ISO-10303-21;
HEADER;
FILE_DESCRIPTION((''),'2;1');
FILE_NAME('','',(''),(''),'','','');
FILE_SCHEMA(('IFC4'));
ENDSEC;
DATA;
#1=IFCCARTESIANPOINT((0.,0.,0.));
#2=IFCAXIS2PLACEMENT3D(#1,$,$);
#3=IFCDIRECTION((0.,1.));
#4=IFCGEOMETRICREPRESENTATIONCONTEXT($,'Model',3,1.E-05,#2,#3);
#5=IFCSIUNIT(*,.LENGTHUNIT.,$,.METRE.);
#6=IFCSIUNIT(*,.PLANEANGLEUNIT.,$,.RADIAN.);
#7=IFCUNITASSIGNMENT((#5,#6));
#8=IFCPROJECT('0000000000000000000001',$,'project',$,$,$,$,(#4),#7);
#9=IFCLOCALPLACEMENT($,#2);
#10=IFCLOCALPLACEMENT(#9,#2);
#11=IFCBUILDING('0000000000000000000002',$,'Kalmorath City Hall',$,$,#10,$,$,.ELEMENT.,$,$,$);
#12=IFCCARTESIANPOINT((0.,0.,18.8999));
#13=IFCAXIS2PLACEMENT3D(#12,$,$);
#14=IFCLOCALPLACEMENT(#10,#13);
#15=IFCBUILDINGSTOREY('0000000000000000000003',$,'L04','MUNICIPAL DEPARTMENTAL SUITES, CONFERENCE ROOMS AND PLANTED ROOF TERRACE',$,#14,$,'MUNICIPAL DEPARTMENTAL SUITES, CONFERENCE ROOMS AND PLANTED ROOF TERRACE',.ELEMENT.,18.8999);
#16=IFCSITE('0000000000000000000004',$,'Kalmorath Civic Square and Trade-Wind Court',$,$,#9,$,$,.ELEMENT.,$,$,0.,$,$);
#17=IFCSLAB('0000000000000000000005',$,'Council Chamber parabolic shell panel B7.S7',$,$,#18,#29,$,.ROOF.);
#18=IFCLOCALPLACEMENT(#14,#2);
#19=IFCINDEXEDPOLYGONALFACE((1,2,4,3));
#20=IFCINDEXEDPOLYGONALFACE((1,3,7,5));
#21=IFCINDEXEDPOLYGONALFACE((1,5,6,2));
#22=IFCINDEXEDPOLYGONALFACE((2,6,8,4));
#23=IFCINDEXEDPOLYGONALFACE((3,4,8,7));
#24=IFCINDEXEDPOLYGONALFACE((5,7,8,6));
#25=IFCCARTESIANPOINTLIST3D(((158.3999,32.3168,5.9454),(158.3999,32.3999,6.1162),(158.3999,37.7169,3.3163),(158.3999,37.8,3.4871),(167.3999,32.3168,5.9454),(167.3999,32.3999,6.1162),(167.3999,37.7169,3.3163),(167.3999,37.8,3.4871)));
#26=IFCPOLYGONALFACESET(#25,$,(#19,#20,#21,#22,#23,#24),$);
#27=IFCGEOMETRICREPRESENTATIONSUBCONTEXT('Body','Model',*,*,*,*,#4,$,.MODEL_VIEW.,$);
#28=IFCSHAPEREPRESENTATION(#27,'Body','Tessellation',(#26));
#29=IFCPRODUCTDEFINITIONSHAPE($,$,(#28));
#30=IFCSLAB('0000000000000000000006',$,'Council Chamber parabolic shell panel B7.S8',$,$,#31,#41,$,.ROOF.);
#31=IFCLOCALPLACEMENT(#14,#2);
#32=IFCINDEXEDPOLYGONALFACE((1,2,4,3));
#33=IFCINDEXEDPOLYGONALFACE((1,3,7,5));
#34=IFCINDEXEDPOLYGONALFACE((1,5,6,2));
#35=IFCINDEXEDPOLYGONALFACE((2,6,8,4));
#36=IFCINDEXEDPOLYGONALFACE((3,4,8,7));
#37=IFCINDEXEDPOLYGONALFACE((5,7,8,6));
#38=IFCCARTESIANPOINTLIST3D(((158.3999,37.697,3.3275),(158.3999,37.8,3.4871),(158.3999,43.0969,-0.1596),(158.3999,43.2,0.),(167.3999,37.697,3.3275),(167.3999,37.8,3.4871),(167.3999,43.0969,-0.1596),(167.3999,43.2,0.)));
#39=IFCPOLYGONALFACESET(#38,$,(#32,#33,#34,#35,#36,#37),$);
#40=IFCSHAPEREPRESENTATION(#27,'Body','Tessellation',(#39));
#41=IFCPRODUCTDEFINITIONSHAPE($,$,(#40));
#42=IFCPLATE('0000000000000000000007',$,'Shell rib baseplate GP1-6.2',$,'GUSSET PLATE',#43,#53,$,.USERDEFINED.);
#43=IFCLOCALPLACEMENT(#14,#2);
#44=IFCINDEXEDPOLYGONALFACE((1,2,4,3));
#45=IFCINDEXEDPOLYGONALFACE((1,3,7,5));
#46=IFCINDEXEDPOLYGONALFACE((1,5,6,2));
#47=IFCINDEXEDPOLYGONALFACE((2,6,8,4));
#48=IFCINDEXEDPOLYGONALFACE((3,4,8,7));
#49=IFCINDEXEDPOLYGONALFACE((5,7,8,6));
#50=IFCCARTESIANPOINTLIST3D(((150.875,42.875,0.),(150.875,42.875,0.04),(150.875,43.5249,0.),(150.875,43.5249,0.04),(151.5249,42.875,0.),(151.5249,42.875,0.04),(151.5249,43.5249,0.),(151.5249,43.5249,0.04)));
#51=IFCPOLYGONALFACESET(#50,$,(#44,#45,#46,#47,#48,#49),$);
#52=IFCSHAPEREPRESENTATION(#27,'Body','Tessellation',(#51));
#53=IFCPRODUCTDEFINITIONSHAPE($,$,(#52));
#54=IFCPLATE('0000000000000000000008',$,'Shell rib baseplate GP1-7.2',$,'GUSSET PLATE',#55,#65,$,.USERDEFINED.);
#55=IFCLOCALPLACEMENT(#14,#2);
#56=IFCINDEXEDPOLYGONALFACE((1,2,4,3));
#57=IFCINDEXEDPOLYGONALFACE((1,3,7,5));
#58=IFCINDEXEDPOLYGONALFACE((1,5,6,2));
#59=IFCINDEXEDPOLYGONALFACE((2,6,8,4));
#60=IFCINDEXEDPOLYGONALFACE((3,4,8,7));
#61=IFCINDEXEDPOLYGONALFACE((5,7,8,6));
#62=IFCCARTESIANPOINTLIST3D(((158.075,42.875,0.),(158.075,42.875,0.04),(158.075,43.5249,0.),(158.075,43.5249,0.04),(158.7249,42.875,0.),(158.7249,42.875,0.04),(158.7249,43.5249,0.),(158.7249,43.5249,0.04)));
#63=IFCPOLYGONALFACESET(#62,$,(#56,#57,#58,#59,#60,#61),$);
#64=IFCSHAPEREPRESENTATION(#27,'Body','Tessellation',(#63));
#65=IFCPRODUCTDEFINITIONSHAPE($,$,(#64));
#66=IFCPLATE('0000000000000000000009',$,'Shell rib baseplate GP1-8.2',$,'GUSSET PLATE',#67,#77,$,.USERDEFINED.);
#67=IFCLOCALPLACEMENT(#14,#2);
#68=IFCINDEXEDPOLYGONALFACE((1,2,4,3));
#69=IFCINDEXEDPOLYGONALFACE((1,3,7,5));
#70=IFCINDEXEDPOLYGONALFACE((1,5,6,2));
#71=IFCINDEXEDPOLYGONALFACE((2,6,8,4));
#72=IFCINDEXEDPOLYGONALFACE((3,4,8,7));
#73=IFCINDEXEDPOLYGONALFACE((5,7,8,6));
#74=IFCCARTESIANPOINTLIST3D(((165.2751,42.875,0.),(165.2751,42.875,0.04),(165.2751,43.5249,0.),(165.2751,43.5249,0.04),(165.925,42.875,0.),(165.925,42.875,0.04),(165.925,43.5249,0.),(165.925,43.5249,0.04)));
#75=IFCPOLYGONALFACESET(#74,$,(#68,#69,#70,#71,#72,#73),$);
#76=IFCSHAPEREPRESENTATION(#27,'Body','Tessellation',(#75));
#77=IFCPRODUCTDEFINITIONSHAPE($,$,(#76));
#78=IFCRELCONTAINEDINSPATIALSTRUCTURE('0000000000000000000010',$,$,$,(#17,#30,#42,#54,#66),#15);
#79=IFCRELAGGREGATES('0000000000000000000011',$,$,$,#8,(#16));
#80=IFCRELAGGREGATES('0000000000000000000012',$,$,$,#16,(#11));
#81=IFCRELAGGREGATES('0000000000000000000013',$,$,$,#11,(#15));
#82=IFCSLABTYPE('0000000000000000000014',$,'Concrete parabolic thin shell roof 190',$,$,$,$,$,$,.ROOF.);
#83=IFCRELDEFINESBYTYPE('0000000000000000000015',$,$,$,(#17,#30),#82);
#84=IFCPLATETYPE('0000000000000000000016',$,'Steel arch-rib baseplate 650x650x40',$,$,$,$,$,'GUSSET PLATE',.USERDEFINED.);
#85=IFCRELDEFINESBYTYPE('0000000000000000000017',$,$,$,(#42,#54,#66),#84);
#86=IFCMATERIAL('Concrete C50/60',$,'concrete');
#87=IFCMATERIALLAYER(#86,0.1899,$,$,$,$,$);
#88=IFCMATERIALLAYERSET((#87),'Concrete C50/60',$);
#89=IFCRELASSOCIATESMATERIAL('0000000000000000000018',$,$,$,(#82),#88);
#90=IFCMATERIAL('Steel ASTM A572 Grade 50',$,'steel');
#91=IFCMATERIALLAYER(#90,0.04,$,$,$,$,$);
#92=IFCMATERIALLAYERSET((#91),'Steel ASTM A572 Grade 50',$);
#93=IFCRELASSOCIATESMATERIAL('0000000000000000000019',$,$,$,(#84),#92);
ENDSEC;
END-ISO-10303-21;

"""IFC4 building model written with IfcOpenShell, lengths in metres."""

from ifc_helpers import new_model, si_unit, direction, frame, origin, origin_2d, place, context, subcontext, project, spatial, polyline, rectangle, outline, extrude, material, layer, layer_set, type_object, element, save


model = new_model("IFC4")

# Units and contexts
model_context = context("Model", 3, precision=1e-05, world=origin(), true_north=direction((0.0, 1.0)))
body_context = subcontext(model_context, "Body", "Model", "MODEL_VIEW")
ifc_project = project(units=[si_unit("LENGTHUNIT", "METRE"), si_unit("PLANEANGLEUNIT", "RADIAN")], contexts=[model_context])

# Site, building, storey
site_placement = place(None, origin())
site = spatial("IfcSite", under=ifc_project, at=site_placement, Name="Kalmorath Civic Square and Trade-Wind Court", CompositionType="ELEMENT", RefElevation=0.0)
building_placement = place(site_placement, origin())
building = spatial("IfcBuilding", under=site, at=building_placement, Name="Kalmorath City Hall", CompositionType="ELEMENT")
storey_placement = place(building_placement, frame((0.0, 0.0, 18.8999)))
storey = spatial("IfcBuildingStorey", under=building, at=storey_placement, Name="L04", Description="MUNICIPAL DEPARTMENTAL SUITES, CONFERENCE ROOMS AND PLANTED ROOF TERRACE", LongName="MUNICIPAL DEPARTMENTAL SUITES, CONFERENCE ROOMS AND PLANTED ROOF TERRACE", CompositionType="ELEMENT", Elevation=18.8999)

# Slabs
ifc_material_1 = material(Name="Concrete C50/60", Category="concrete")
ifc_layer_1 = layer(ifc_material_1, 0.1899)
ifc_layer_set_1 = layer_set([ifc_layer_1], Name="Concrete C50/60")
slab_type = type_object("IfcSlabType", Name="Concrete parabolic thin shell roof 190", PredefinedType="ROOF", material=ifc_layer_set_1)
slab_1_placement = place(storey_placement, frame((158.3999, 32.3999, 6.1162), z_axis=(0.0, 0.437742, 0.899101), x_axis=(1.0, 0.0, 0.0)))
element("IfcSlab", 1, at=slab_1_placement, inside=storey, type_object=slab_type, Name="Council Chamber parabolic shell panel B7.S7", PredefinedType="ROOF", context=body_context, shape_type="SweptSolid", body=[
    extrude(outline(polyline([(0.0, 0.0), (9.0, 0.0), (9.0, 6.0062), (0.0, 6.0062), (0.0, 0.0)])), origin(), (0.0, 0.0, -1.0), 0.1899),
])
slab_2_placement = place(storey_placement, frame((158.3999, 37.8, 3.4871), z_axis=(0.0, 0.542484, 0.840066), x_axis=(1.0, 0.0, 0.0)))
element("IfcSlab", 2, at=slab_2_placement, inside=storey, type_object=slab_type, Name="Council Chamber parabolic shell panel B7.S8", PredefinedType="ROOF", context=body_context, shape_type="SweptSolid", body=[
    extrude(outline(polyline([(0.0, 0.0), (9.0, 0.0), (9.0, 6.4279), (0.0, 6.4279), (0.0, 0.0)])), origin(), (0.0, 0.0, -1.0), 0.1899),
])

# Plates
ifc_material_2 = material(Name="Steel ASTM A572 Grade 50", Category="steel")
ifc_layer_2 = layer(ifc_material_2, 0.04)
ifc_layer_set_2 = layer_set([ifc_layer_2], Name="Steel ASTM A572 Grade 50")
plate_type = type_object("IfcPlateType", Name="Steel arch-rib baseplate 650x650x40", ElementType="GUSSET PLATE", PredefinedType="USERDEFINED", material=ifc_layer_set_2)
for number, where, z_axis, x_axis, name in (
    (3, (151.2, 43.2, 0.0), (0.0, 0.0, 1.0), (1.0, 0.0, 0.0), "Shell rib baseplate GP1-6.2"),
    (4, (158.3999, 43.2, 0.0), (0.0, 0.0, 1.0), (1.0, 0.0, 0.0), "Shell rib baseplate GP1-7.2"),
    (5, (165.6001, 43.2, 0.0), (0.0, 0.0, 1.0), (1.0, 0.0, 0.0), "Shell rib baseplate GP1-8.2"),
):
    element("IfcPlate", number, at=place(storey_placement, frame(where, z_axis=z_axis, x_axis=x_axis)), inside=storey, type_object=plate_type, Name=name, ObjectType="GUSSET PLATE", PredefinedType="USERDEFINED", context=body_context, shape_type="SweptSolid", body=[
        extrude(rectangle(XDim=0.6499, YDim=0.6499, at=origin_2d()), origin(), (0.0, 0.0, 1.0), 0.04),
    ])

save(model, "model.ifc")
